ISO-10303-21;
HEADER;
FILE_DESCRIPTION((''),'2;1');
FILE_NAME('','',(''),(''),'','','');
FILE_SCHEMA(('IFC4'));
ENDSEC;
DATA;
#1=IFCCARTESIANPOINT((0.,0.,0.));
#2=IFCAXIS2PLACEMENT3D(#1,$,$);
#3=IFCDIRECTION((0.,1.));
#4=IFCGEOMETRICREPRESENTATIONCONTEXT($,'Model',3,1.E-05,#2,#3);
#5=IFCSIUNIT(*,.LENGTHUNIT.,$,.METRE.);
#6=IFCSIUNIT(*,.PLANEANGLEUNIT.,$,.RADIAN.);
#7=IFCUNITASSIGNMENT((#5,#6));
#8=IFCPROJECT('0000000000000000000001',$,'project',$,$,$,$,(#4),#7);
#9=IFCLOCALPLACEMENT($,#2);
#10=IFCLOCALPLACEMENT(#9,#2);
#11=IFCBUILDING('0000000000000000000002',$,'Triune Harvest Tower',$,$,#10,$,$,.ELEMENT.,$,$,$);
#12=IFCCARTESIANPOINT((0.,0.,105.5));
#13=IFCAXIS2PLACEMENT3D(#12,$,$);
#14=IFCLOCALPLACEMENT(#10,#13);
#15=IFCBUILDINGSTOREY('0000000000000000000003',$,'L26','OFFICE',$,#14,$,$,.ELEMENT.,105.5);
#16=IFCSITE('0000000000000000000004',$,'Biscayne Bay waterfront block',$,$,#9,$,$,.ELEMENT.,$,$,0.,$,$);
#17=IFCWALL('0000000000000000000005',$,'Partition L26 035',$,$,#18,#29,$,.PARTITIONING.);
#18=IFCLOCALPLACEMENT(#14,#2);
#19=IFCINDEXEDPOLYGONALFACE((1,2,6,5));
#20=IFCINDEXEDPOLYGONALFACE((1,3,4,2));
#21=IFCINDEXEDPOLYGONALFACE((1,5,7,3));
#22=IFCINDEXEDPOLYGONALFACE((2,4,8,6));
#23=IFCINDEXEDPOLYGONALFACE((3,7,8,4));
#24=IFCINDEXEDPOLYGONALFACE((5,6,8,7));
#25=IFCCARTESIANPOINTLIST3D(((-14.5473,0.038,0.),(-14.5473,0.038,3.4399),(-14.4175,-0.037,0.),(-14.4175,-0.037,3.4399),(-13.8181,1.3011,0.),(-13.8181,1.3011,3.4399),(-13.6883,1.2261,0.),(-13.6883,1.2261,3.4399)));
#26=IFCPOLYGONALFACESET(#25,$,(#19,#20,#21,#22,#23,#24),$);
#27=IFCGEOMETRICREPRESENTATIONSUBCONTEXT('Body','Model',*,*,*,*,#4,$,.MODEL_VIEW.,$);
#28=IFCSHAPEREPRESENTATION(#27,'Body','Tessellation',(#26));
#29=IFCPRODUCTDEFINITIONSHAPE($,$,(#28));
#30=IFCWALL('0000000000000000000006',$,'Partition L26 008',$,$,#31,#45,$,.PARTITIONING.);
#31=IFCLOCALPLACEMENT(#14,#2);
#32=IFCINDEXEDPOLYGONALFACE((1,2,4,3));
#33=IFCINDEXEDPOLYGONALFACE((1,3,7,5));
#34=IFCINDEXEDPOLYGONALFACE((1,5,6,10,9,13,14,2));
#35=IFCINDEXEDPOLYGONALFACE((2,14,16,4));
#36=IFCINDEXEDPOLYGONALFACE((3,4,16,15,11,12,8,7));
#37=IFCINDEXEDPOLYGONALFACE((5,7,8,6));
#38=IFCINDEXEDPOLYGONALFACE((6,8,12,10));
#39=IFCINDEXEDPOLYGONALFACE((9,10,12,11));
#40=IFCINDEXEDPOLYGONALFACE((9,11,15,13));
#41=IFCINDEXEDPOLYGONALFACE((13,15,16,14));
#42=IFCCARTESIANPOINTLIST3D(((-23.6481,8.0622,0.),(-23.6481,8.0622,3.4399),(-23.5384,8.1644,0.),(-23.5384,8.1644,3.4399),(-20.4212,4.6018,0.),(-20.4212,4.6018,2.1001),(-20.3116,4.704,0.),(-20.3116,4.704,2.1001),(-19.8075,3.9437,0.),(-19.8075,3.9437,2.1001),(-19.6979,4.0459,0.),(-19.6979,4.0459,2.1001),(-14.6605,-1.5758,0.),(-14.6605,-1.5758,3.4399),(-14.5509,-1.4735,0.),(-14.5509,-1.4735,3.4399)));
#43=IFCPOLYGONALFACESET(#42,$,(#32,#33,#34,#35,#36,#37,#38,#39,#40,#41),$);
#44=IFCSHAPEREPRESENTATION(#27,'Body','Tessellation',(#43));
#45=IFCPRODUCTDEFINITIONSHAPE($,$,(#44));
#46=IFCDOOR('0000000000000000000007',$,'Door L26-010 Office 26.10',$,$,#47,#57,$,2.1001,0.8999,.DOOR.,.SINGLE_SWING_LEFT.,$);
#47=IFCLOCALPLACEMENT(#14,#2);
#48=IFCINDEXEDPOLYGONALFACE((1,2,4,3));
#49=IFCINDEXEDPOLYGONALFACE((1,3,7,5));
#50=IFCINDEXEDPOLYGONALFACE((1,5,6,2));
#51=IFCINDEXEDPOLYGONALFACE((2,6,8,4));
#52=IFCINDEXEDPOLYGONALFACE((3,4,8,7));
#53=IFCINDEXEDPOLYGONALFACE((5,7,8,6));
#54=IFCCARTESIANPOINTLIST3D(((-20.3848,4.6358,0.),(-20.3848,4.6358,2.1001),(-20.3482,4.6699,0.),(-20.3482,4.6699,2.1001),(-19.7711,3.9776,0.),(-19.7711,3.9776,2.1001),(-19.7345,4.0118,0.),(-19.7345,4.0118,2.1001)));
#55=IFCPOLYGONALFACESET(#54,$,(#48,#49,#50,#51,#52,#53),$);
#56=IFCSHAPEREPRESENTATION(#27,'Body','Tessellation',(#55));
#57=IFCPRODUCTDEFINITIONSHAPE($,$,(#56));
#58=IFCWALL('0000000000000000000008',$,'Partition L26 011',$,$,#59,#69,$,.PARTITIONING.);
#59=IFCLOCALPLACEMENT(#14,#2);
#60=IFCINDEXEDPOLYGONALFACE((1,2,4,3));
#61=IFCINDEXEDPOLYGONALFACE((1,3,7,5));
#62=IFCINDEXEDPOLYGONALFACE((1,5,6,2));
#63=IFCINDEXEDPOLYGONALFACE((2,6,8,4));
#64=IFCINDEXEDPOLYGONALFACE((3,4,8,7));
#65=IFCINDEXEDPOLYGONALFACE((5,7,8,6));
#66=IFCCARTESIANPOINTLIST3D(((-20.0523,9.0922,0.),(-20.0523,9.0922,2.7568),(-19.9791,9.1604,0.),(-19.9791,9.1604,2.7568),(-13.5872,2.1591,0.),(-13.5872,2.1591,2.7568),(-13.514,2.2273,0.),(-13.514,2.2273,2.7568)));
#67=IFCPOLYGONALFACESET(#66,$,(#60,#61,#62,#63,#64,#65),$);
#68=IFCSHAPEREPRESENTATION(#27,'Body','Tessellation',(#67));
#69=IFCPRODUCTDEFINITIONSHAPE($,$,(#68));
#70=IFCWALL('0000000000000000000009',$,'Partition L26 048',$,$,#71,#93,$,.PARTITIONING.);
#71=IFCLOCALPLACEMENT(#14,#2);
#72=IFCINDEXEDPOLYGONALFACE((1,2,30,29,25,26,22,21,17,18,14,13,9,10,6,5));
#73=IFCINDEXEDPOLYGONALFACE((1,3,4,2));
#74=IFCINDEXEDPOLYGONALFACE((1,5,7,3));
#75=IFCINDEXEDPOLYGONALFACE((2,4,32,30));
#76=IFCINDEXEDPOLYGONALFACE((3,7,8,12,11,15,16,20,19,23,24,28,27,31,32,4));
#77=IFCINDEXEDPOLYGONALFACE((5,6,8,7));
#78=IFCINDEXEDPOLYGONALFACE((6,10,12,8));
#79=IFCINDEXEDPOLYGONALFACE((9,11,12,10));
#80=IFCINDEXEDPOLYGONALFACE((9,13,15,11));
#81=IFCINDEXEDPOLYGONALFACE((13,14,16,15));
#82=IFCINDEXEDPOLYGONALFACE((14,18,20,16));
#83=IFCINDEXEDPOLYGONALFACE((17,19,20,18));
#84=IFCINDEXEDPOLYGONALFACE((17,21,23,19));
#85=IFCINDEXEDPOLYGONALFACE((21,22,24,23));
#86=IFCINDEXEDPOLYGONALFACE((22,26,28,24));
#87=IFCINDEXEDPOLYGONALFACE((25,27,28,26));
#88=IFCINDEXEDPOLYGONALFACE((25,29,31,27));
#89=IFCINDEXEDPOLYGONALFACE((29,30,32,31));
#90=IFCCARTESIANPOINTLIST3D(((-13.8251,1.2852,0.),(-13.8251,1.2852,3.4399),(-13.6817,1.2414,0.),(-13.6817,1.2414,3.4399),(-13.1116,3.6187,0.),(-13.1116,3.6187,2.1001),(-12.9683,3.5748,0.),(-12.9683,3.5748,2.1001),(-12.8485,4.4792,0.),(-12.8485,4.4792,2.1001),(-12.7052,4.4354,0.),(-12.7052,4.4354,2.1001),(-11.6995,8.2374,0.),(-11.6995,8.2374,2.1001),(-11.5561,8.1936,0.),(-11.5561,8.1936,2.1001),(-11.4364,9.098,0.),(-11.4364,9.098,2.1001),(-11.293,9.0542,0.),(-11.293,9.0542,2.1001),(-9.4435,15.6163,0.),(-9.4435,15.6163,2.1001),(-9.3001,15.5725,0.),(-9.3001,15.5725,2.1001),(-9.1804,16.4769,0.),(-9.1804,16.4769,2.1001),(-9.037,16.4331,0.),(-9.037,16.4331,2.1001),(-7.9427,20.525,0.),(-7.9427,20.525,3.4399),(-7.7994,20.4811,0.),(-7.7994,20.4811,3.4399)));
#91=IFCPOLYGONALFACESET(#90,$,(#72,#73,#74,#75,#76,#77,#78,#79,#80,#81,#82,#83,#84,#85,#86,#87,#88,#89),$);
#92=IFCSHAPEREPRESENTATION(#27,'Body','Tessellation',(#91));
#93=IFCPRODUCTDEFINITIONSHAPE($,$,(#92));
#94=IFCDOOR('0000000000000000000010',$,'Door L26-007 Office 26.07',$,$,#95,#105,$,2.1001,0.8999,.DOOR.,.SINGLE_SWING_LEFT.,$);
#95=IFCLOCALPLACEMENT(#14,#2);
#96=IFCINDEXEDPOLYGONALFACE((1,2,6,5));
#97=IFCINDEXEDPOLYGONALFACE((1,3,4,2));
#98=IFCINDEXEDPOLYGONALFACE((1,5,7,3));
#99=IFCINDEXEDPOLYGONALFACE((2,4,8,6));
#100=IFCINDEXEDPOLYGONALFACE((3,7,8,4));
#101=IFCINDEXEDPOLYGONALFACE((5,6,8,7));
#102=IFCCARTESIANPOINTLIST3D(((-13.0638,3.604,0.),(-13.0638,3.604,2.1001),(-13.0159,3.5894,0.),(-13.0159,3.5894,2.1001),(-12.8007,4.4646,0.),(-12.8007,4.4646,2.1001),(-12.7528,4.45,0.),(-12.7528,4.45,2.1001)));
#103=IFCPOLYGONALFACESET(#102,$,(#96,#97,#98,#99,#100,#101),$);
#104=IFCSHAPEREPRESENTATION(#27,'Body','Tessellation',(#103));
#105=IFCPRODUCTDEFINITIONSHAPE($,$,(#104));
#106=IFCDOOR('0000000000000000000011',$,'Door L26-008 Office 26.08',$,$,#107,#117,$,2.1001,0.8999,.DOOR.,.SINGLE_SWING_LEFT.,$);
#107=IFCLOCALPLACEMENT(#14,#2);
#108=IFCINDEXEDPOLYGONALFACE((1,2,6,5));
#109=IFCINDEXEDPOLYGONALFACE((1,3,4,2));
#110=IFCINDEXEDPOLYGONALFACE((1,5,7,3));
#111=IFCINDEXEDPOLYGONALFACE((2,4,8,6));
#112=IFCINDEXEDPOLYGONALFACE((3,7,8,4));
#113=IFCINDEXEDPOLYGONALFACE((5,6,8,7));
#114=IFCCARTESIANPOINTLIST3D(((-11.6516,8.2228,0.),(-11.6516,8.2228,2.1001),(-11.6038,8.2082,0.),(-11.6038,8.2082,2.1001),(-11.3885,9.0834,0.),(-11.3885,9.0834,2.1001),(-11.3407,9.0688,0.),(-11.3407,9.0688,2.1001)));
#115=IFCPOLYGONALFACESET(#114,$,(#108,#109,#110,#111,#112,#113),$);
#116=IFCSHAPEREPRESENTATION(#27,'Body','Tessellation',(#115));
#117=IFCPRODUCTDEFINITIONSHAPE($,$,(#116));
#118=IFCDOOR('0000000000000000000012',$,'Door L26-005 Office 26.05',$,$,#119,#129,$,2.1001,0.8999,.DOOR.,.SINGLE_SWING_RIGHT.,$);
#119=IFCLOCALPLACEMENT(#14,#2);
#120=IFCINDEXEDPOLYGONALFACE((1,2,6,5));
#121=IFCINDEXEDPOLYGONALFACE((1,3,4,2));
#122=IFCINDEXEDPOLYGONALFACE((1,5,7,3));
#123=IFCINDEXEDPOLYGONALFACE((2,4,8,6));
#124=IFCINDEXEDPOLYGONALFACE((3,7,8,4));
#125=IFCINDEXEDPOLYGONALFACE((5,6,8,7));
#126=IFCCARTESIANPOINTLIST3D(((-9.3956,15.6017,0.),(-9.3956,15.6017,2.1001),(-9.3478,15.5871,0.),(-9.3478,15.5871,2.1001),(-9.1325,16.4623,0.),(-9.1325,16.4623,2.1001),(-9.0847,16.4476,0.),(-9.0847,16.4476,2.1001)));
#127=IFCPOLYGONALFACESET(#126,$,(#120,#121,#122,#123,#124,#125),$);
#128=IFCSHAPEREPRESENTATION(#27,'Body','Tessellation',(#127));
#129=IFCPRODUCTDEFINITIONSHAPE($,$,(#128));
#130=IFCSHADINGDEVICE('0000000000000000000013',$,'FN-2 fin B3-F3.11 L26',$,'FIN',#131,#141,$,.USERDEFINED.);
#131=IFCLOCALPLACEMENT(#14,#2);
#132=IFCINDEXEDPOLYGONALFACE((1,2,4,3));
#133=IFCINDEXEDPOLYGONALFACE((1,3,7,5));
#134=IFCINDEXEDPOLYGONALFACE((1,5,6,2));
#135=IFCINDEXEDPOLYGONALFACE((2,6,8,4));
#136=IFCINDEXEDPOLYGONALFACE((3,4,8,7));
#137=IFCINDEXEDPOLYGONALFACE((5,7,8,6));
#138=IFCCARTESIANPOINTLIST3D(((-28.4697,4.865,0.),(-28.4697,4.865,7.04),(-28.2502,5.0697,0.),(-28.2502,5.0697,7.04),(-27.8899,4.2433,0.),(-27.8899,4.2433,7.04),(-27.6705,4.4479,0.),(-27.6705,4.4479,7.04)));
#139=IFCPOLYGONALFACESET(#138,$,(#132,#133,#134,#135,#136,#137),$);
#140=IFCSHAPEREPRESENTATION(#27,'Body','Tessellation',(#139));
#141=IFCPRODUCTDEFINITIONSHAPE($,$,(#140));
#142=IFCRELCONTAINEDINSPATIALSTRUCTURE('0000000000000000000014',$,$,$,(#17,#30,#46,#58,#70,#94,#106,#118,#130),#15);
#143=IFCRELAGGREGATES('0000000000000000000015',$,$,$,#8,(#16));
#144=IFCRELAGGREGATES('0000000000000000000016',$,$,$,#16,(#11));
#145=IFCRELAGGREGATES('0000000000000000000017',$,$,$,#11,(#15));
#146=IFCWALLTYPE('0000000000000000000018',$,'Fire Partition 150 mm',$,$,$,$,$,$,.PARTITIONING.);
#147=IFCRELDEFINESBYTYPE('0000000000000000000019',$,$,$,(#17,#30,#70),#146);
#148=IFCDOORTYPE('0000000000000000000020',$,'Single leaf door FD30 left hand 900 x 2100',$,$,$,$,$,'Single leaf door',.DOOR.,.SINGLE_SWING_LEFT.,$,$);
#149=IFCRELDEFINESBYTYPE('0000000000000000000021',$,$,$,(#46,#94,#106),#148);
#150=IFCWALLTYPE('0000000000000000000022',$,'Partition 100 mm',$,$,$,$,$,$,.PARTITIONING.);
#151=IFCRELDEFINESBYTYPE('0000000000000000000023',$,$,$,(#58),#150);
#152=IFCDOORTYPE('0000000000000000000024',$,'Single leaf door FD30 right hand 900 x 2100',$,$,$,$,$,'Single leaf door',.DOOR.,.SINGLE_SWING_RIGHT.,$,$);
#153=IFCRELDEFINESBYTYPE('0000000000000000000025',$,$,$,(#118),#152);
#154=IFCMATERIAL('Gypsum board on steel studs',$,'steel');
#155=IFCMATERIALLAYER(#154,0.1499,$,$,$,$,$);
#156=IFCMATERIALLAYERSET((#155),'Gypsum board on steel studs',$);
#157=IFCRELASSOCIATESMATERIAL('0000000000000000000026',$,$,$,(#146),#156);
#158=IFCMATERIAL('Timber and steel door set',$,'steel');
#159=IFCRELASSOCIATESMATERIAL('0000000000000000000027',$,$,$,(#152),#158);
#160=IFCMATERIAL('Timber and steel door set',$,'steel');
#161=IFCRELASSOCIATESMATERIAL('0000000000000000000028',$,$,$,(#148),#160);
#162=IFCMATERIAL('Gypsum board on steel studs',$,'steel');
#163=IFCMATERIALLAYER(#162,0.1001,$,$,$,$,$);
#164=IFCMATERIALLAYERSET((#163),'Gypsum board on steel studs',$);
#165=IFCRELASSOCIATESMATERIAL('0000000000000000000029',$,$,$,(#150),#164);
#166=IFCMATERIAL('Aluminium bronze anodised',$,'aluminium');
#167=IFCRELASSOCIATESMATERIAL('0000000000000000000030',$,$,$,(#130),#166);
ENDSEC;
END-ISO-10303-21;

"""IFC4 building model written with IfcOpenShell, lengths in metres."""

from ifc_helpers import new_model, si_unit, direction, frame, frame_2d, origin, origin_2d, place, context, subcontext, project, spatial, rectangle, extrude, source, transform, mapped, material, layer, layer_set, type_object, element, fill, save


model = new_model("IFC4")

# Units and contexts
model_context = context("Model", 3, precision=1e-05, world=origin(), true_north=direction((0.0, 1.0)))
body_context = subcontext(model_context, "Body", "Model", "MODEL_VIEW")
ifc_project = project(units=[si_unit("LENGTHUNIT", "METRE"), si_unit("PLANEANGLEUNIT", "RADIAN")], contexts=[model_context])

# Site, building, storey
site_placement = place(None, origin())
site = spatial("IfcSite", under=ifc_project, at=site_placement, Name="Biscayne Bay waterfront block", CompositionType="ELEMENT", RefElevation=0.0)
building_placement = place(site_placement, origin())
building = spatial("IfcBuilding", under=site, at=building_placement, Name="Triune Harvest Tower", CompositionType="ELEMENT")
storey_placement = place(building_placement, frame((0.0, 0.0, 105.5)))
storey = spatial("IfcBuildingStorey", under=building, at=storey_placement, Name="L26", Description="OFFICE", CompositionType="ELEMENT", Elevation=105.5)

# Shared definitions
ifc_material_1 = material(Name="Gypsum board on steel studs", Category="steel")
ifc_layer_1 = layer(ifc_material_1, 0.1499)
ifc_layer_set_1 = layer_set([ifc_layer_1], Name="Gypsum board on steel studs")
wall_type_1 = type_object("IfcWallType", Name="Fire Partition 150 mm", PredefinedType="PARTITIONING", material=ifc_layer_set_1)
ifc_material_2 = material(Name="Timber and steel door set", Category="steel")
door_type_1 = type_object("IfcDoorType", Name="Single leaf door FD30 right hand 900 x 2100", ElementType="Single leaf door", OperationType="SINGLE_SWING_RIGHT", PredefinedType="DOOR", material=ifc_material_2)

# Wall
shared_shape_1 = source(origin(), body_context, "Body", "SweptSolid", [
    extrude(rectangle(XDim=1.4585, YDim=0.1499, at=frame_2d((0.7292, 0.0))), origin(), (0.0, 0.0, 1.0), 3.4399),
])
wall_1_placement = place(storey_placement, frame((-14.4824, 0.0005, 0.0), z_axis=(0.0, 0.0, 1.0), x_axis=(0.499974, 0.866041, 0.0)))
element("IfcWall", 1, at=wall_1_placement, inside=storey, type_object=wall_type_1, Name="Partition L26 035", PredefinedType="PARTITIONING", context=body_context, shape_type="MappedRepresentation", body=[
    mapped(shared_shape_1, transform((0.0, 0.0, 0.0), scale=1.0)),
])

# Wall, opening, door
shared_shape_2 = source(origin(), body_context, "Body", "SweptSolid", [
    extrude(rectangle(XDim=13.1782, YDim=0.1499, at=frame_2d((6.5891, 0.0))), origin(), (0.0, 0.0, 1.0), 3.4399),
])
wall_2_placement = place(storey_placement, frame((-23.5933, 8.1133, 0.0), z_axis=(0.0, 0.0, 1.0), x_axis=(0.681999, -0.731353, 0.0)))
wall_2 = element("IfcWall", 2, at=wall_2_placement, inside=storey, type_object=wall_type_1, Name="Partition L26 008", PredefinedType="PARTITIONING", context=body_context, shape_type="MappedRepresentation", body=[
    mapped(shared_shape_2, transform((0.0, 0.0, 0.0), scale=1.0)),
])
opening_1_placement = place(wall_2_placement, frame((4.7314, 0.0, 0.0)))
opening_1 = element("IfcOpeningElement", 3, at=opening_1_placement, cuts=wall_2, PredefinedType="OPENING", context=body_context, shape_type="SweptSolid", body=[
    extrude(rectangle(XDim=0.8999, YDim=2.1001, at=frame_2d((0.45, 1.05))), frame((0.0, 0.085, 0.0), z_axis=(0.0, -1.0, 0.0), x_axis=(1.0, 0.0, 0.0)), (0.0, 0.0, 1.0), 0.1699),
])
ifc_material_3 = material(Name="Timber and steel door set", Category="steel")
door_type_2 = type_object("IfcDoorType", Name="Single leaf door FD30 left hand 900 x 2100", ElementType="Single leaf door", OperationType="SINGLE_SWING_LEFT", PredefinedType="DOOR", material=ifc_material_3)
door_1_placement = place(opening_1_placement, origin())
door_1 = element("IfcDoor", 4, at=door_1_placement, inside=storey, type_object=door_type_2, Name="Door L26-010 Office 26.10", OperationType="SINGLE_SWING_LEFT", OverallHeight=2.1001, OverallWidth=0.8999, PredefinedType="DOOR", context=body_context, shape_type="SweptSolid", body=[
    extrude(rectangle(XDim=0.8999, YDim=2.1001, at=frame_2d((0.45, 1.05))), frame((0.0, 0.0249, 0.0), z_axis=(0.0, -1.0, 0.0), x_axis=(1.0, 0.0, 0.0)), (0.0, 0.0, 1.0), 0.05),
])
fill(opening_1, door_1)

# Wall
ifc_material_4 = material(Name="Gypsum board on steel studs", Category="steel")
ifc_layer_2 = layer(ifc_material_4, 0.1001)
ifc_layer_set_2 = layer_set([ifc_layer_2], Name="Gypsum board on steel studs")
wall_type_2 = type_object("IfcWallType", Name="Partition 100 mm", PredefinedType="PARTITIONING", material=ifc_layer_set_2)
shared_shape_3 = source(origin(), body_context, "Body", "SweptSolid", [
    extrude(rectangle(XDim=9.4797, YDim=0.1001, at=frame_2d((4.7397, 0.0))), origin(), (0.0, 0.0, 1.0), 2.7568),
])
wall_3_placement = place(storey_placement, frame((-20.0156, 9.1262, 0.0), z_axis=(0.0, 0.0, 1.0), x_axis=(0.681991, -0.731361, 0.0)))
element("IfcWall", 5, at=wall_3_placement, inside=storey, type_object=wall_type_2, Name="Partition L26 011", PredefinedType="PARTITIONING", context=body_context, shape_type="MappedRepresentation", body=[
    mapped(shared_shape_3, transform((0.0, 0.0, 0.0), scale=1.0)),
])

# Wall, openings, doors
shared_shape_4 = source(origin(), body_context, "Body", "SweptSolid", [
    extrude(rectangle(XDim=20.1189, YDim=0.1499, at=frame_2d((10.0596, 0.0))), origin(), (0.0, 0.0, 1.0), 3.4399),
])
wall_4_placement = place(storey_placement, frame((-13.7534, 1.2632, 0.0), z_axis=(0.0, 0.0, 1.0), x_axis=(0.292378, 0.956303, 0.0)))
wall_4 = element("IfcWall", 6, at=wall_4_placement, inside=storey, type_object=wall_type_1, Name="Partition L26 048", PredefinedType="PARTITIONING", context=body_context, shape_type="MappedRepresentation", body=[
    mapped(shared_shape_4, transform((0.0, 0.0, 0.0), scale=1.0)),
])
opening_2_placement = place(wall_4_placement, frame((14.9861, 0.0, 0.0)))
opening_2 = element("IfcOpeningElement", 7, at=opening_2_placement, cuts=wall_4, PredefinedType="OPENING", context=body_context, shape_type="SweptSolid", body=[
    extrude(rectangle(XDim=0.8999, YDim=2.1001, at=frame_2d((0.45, 1.05))), frame((0.0, 0.085, 0.0), z_axis=(0.0, -1.0, 0.0), x_axis=(1.0, 0.0, 0.0)), (0.0, 0.0, 1.0), 0.1699),
])
opening_3_placement = place(wall_4_placement, frame((2.4402, 0.0, 0.0)))
opening_3 = element("IfcOpeningElement", 8, at=opening_3_placement, cuts=wall_4, PredefinedType="OPENING", context=body_context, shape_type="SweptSolid", body=[
    extrude(rectangle(XDim=0.8999, YDim=2.1001, at=frame_2d((0.45, 1.05))), frame((0.0, 0.085, 0.0), z_axis=(0.0, -1.0, 0.0), x_axis=(1.0, 0.0, 0.0)), (0.0, 0.0, 1.0), 0.1699),
])
opening_4_placement = place(wall_4_placement, frame((7.27, 0.0, 0.0)))
opening_4 = element("IfcOpeningElement", 9, at=opening_4_placement, cuts=wall_4, PredefinedType="OPENING", context=body_context, shape_type="SweptSolid", body=[
    extrude(rectangle(XDim=0.8999, YDim=2.1001, at=frame_2d((0.45, 1.05))), frame((0.0, 0.085, 0.0), z_axis=(0.0, -1.0, 0.0), x_axis=(1.0, 0.0, 0.0)), (0.0, 0.0, 1.0), 0.1699),
])
door_2_placement = place(opening_3_placement, origin())
door_2 = element("IfcDoor", 10, at=door_2_placement, inside=storey, type_object=door_type_2, Name="Door L26-007 Office 26.07", OperationType="SINGLE_SWING_LEFT", OverallHeight=2.1001, OverallWidth=0.8999, PredefinedType="DOOR", context=body_context, shape_type="SweptSolid", body=[
    extrude(rectangle(XDim=0.8999, YDim=2.1001, at=frame_2d((0.45, 1.05))), frame((0.0, 0.0249, 0.0), z_axis=(0.0, -1.0, 0.0), x_axis=(1.0, 0.0, 0.0)), (0.0, 0.0, 1.0), 0.05),
])
fill(opening_3, door_2)
door_3_placement = place(opening_4_placement, origin())
door_3 = element("IfcDoor", 11, at=door_3_placement, inside=storey, type_object=door_type_2, Name="Door L26-008 Office 26.08", OperationType="SINGLE_SWING_LEFT", OverallHeight=2.1001, OverallWidth=0.8999, PredefinedType="DOOR", context=body_context, shape_type="SweptSolid", body=[
    extrude(rectangle(XDim=0.8999, YDim=2.1001, at=frame_2d((0.45, 1.05))), frame((0.0, 0.0249, 0.0), z_axis=(0.0, -1.0, 0.0), x_axis=(1.0, 0.0, 0.0)), (0.0, 0.0, 1.0), 0.05),
])
fill(opening_4, door_3)
door_4_placement = place(opening_2_placement, origin())
door_4 = element("IfcDoor", 12, at=door_4_placement, inside=storey, type_object=door_type_1, Name="Door L26-005 Office 26.05", OperationType="SINGLE_SWING_RIGHT", OverallHeight=2.1001, OverallWidth=0.8999, PredefinedType="DOOR", context=body_context, shape_type="SweptSolid", body=[
    extrude(rectangle(XDim=0.8999, YDim=2.1001, at=frame_2d((0.45, 1.05))), frame((0.0, 0.0249, 0.0), z_axis=(0.0, -1.0, 0.0), x_axis=(1.0, 0.0, 0.0)), (0.0, 0.0, 1.0), 0.05),
])
fill(opening_2, door_4)

# Shading device
ifc_material_5 = material(Name="Aluminium bronze anodised", Category="aluminium")
shared_shape_5 = source(origin(), body_context, "Body", "SweptSolid", [
    extrude(rectangle(XDim=0.3, YDim=0.8501, at=origin_2d()), origin(), (0.0, 0.0, 1.0), 7.04),
])
shading_device_placement = place(storey_placement, frame((-28.0701, 4.6565, 0.0), z_axis=(0.0, 0.0, 1.0), x_axis=(-0.731353, -0.681999, 0.0)))
element("IfcShadingDevice", 13, at=shading_device_placement, inside=storey, material=ifc_material_5, Name="FN-2 fin B3-F3.11 L26", ObjectType="FIN", PredefinedType="USERDEFINED", context=body_context, shape_type="MappedRepresentation", body=[
    mapped(shared_shape_5, transform((0.0, 0.0, 0.0), scale=1.0)),
])

save(model, "model.ifc")
